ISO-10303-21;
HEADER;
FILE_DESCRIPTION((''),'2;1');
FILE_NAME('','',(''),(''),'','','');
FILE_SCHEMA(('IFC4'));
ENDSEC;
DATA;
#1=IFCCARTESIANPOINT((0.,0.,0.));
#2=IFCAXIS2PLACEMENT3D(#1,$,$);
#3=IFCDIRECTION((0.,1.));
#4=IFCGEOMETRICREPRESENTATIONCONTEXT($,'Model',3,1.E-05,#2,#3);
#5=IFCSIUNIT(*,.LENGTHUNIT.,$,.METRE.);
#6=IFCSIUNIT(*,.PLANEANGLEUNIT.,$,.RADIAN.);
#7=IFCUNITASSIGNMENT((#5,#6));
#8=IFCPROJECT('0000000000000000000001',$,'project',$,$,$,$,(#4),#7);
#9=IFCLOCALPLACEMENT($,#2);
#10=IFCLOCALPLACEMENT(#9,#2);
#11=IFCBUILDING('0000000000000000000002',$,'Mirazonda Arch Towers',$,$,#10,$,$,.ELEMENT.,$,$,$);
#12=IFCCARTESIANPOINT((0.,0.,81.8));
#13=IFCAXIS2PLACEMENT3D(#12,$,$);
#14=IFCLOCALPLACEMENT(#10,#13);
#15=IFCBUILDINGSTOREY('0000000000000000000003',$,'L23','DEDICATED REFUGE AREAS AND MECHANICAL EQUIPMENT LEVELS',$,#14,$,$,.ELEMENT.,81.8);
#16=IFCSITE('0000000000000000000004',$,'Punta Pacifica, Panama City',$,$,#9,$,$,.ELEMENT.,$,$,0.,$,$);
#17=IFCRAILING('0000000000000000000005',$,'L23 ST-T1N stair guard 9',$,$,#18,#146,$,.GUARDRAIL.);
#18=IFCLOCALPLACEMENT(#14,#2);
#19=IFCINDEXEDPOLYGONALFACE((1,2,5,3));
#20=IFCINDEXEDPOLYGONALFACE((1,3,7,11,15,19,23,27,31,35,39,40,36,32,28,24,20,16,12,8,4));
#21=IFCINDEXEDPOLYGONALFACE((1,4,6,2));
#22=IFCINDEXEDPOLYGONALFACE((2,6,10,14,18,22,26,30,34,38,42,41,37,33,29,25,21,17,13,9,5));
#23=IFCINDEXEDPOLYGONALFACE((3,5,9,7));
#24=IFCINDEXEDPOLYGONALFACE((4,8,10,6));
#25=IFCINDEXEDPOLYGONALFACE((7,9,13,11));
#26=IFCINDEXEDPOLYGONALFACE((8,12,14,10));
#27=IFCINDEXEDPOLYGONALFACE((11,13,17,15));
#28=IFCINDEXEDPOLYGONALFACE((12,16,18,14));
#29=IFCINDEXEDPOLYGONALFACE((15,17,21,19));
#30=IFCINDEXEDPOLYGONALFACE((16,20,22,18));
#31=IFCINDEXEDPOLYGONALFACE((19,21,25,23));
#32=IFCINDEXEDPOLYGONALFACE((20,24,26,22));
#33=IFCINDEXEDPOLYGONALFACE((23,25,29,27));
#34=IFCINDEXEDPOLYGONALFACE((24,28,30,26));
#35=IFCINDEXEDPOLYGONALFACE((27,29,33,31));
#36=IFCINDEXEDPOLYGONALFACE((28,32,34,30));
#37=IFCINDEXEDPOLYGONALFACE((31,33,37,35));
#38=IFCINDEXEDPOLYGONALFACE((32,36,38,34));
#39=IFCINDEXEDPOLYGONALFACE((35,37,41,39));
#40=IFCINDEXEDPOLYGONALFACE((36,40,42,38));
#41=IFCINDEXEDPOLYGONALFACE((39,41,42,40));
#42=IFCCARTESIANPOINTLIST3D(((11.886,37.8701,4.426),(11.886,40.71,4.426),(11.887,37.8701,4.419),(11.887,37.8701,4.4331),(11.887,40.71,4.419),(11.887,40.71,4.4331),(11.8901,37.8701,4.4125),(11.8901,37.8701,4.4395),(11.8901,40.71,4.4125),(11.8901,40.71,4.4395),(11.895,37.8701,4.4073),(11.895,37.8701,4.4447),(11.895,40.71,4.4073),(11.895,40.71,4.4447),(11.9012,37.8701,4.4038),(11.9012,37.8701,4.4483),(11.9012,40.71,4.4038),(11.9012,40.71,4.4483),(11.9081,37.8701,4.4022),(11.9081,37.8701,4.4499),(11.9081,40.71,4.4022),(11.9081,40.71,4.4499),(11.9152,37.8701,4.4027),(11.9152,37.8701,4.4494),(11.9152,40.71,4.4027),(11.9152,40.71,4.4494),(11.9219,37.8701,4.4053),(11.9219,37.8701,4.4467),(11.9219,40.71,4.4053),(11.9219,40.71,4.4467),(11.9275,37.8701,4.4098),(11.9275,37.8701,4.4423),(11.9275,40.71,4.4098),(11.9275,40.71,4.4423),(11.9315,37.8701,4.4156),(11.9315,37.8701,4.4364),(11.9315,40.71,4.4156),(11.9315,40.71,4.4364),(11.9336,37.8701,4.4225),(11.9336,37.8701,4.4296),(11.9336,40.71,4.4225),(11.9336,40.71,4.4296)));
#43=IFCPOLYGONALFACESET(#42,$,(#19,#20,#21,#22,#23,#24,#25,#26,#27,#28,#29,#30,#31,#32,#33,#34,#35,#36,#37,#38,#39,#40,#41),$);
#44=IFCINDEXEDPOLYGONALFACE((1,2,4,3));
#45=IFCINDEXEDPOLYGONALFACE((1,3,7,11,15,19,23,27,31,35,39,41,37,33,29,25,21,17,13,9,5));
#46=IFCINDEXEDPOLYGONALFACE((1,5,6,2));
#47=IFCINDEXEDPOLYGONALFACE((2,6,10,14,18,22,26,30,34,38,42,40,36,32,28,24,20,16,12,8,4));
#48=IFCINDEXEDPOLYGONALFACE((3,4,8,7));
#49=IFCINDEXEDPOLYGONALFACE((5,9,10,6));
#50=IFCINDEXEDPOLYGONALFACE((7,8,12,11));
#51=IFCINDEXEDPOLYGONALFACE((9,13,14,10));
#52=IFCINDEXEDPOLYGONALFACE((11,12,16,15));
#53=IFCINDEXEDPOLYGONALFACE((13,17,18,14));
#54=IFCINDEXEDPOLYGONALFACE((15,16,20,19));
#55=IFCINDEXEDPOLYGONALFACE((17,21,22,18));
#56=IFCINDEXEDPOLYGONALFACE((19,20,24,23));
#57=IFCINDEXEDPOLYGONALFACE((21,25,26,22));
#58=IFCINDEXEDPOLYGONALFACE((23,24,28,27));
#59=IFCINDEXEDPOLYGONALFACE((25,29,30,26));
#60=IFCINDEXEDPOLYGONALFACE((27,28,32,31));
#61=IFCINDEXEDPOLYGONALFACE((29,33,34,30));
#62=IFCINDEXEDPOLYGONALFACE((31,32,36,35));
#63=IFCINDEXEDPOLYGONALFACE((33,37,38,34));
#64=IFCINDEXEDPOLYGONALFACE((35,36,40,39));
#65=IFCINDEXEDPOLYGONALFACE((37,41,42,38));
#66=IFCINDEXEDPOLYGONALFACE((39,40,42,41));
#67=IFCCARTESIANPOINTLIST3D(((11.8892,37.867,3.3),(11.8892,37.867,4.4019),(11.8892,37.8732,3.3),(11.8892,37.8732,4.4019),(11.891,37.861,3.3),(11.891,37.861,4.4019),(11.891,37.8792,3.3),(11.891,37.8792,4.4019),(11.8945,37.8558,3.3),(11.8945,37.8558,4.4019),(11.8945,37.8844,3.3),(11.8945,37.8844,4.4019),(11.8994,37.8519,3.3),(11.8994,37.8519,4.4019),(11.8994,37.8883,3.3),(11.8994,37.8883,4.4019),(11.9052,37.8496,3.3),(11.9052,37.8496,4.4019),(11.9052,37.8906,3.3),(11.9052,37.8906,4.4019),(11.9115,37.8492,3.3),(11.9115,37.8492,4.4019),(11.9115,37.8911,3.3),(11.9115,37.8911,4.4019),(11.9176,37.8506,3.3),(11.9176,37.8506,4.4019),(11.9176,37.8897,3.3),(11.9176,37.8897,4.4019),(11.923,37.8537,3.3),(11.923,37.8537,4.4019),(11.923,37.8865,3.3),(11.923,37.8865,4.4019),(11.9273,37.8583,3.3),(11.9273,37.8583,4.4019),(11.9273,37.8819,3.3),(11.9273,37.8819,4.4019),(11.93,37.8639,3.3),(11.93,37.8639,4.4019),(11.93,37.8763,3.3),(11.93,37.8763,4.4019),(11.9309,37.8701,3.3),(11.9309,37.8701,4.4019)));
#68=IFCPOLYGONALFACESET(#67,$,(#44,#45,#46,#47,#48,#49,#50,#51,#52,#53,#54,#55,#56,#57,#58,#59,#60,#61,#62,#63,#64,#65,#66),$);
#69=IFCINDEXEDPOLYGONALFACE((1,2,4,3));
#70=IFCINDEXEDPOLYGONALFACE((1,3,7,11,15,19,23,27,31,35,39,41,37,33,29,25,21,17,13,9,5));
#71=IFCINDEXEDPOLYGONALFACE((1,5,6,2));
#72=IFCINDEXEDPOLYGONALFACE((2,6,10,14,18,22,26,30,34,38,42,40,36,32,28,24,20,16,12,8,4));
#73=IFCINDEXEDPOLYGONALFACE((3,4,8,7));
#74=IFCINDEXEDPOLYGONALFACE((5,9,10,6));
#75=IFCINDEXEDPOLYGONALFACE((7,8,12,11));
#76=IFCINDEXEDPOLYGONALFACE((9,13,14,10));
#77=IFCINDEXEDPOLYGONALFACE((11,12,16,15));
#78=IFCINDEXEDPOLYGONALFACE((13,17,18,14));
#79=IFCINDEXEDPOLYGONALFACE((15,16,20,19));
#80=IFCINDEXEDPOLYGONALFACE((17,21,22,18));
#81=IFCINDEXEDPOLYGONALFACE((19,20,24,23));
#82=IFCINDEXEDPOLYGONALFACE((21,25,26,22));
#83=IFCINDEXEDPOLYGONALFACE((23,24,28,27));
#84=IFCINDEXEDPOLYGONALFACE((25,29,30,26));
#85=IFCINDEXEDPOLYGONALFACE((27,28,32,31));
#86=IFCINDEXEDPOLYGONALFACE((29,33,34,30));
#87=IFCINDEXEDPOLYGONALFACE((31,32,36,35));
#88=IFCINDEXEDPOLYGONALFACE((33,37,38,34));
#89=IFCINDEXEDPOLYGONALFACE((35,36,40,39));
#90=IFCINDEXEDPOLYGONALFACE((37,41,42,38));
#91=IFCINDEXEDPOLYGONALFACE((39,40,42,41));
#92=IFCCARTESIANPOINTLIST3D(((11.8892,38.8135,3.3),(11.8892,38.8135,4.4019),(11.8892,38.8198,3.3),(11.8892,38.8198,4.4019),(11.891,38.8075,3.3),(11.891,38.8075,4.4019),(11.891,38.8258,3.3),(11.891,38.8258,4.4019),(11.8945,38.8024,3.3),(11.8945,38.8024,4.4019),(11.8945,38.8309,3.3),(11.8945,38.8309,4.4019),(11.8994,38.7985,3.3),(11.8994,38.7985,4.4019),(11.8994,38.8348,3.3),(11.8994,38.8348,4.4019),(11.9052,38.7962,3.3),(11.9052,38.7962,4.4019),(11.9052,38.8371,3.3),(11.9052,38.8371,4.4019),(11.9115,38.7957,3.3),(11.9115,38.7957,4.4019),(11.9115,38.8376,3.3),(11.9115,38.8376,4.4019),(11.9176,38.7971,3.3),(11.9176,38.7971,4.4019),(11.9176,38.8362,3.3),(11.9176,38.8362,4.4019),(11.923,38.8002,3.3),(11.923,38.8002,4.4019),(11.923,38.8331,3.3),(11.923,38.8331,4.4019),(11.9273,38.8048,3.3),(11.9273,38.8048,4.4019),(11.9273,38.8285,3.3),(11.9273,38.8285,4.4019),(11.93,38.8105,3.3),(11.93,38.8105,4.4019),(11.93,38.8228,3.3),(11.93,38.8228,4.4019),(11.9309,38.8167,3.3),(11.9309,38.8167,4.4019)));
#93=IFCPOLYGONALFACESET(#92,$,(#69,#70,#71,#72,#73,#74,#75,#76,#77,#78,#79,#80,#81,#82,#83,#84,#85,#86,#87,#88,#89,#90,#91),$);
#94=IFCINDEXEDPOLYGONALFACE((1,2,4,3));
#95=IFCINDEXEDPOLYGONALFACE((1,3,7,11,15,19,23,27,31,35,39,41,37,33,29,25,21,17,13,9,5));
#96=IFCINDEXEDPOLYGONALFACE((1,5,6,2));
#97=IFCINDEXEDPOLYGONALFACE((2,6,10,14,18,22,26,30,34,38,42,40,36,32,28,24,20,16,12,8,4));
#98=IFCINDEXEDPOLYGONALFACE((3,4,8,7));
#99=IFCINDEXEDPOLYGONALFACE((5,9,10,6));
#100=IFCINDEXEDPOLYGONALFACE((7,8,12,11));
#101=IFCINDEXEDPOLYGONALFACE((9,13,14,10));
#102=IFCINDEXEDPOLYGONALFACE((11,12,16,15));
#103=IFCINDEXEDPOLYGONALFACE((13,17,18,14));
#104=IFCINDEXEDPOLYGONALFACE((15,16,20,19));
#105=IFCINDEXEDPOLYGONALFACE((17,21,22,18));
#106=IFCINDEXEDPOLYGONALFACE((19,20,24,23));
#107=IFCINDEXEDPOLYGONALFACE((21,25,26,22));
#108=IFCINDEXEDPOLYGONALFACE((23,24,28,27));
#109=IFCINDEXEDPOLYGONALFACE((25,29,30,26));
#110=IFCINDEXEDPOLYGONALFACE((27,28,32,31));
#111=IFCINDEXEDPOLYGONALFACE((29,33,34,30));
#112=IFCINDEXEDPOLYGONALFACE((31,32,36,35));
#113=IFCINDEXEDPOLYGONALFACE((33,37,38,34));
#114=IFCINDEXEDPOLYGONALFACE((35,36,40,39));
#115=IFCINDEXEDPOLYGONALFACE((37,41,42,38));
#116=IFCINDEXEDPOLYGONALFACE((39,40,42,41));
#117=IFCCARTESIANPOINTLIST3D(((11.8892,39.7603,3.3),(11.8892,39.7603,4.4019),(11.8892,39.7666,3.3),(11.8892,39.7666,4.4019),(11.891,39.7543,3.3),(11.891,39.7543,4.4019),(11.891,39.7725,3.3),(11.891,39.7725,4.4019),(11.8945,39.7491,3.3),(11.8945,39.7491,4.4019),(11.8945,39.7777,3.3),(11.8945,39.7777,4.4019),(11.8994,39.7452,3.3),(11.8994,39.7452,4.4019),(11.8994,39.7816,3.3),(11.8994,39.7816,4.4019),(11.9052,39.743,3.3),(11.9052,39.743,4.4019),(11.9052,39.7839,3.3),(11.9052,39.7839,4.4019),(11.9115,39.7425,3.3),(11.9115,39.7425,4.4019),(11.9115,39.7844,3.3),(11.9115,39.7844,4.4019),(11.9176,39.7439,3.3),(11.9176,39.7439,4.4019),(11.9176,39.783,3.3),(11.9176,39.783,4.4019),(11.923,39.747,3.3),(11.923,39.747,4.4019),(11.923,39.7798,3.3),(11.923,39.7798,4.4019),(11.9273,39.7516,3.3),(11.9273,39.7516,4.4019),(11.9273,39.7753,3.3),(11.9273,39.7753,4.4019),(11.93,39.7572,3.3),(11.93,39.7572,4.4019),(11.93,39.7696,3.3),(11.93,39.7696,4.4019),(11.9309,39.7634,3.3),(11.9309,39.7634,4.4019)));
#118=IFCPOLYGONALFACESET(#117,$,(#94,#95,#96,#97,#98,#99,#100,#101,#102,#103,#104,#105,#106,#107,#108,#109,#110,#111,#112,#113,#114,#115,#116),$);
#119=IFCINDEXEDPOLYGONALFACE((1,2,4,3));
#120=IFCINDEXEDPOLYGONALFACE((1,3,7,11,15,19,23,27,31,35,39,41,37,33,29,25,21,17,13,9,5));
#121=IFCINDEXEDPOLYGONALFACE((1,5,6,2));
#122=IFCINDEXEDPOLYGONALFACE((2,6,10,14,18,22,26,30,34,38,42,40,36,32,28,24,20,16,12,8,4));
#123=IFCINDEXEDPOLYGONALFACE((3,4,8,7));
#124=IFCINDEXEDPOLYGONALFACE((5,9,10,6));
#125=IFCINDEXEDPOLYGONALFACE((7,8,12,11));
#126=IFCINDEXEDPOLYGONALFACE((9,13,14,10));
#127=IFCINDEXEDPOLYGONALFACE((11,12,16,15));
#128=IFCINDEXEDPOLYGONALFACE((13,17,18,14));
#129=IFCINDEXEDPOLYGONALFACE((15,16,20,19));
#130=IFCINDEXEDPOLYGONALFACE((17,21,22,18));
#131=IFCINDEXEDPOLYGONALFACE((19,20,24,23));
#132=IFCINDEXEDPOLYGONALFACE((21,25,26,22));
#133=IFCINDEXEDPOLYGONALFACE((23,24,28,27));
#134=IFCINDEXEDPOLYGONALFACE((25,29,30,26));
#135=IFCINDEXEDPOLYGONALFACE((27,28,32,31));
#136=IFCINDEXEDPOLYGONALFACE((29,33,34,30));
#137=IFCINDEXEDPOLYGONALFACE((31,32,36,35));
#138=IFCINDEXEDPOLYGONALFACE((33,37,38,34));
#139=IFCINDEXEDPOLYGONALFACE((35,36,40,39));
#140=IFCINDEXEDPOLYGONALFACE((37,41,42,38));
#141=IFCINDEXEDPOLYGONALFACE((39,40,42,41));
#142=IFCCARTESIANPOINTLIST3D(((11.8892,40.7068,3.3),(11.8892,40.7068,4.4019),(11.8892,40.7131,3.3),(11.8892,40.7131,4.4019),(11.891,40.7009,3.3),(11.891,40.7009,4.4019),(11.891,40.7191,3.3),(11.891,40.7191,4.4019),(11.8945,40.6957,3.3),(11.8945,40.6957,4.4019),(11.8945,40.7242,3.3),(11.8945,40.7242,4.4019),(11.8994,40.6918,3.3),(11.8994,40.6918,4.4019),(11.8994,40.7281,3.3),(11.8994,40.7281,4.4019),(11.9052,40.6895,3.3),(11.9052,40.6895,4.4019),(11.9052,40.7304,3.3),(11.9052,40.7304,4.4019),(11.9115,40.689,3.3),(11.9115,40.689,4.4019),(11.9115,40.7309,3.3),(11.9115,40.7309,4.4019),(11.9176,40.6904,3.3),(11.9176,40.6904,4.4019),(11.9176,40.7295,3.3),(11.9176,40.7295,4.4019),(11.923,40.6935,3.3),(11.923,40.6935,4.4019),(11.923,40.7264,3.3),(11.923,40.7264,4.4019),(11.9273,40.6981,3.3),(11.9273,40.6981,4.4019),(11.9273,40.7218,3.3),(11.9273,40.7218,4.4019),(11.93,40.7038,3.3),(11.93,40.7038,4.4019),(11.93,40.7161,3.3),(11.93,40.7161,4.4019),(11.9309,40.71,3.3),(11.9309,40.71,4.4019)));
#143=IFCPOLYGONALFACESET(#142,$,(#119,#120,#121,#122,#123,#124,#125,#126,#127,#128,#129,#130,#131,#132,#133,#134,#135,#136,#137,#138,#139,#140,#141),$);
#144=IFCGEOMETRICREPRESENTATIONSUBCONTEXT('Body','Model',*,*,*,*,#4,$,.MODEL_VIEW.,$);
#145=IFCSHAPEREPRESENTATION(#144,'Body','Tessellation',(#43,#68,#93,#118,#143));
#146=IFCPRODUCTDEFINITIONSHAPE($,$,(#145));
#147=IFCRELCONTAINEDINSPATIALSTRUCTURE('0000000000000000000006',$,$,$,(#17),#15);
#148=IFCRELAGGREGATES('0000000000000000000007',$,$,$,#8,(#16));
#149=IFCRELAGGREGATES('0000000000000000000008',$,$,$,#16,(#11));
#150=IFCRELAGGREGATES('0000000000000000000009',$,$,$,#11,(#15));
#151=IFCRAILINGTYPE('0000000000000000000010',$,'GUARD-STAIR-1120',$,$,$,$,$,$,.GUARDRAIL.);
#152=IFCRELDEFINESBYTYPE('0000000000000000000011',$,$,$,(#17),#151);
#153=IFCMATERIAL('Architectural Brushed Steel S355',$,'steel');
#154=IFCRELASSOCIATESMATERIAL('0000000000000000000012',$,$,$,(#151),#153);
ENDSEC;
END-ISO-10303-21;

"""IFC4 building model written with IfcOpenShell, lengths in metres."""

from ifc_helpers import new_model, si_unit, direction, frame, origin, origin_2d, place, context, subcontext, project, spatial, circle, extrude, material, type_object, element, save


model = new_model("IFC4")

# Units and contexts
model_context = context("Model", 3, precision=1e-05, world=origin(), true_north=direction((0.0, 1.0)))
body_context = subcontext(model_context, "Body", "Model", "MODEL_VIEW")
ifc_project = project(units=[si_unit("LENGTHUNIT", "METRE"), si_unit("PLANEANGLEUNIT", "RADIAN")], contexts=[model_context])

# Site, building, storey
site_placement = place(None, origin())
site = spatial("IfcSite", under=ifc_project, at=site_placement, Name="Punta Pacifica, Panama City", CompositionType="ELEMENT", RefElevation=0.0)
building_placement = place(site_placement, origin())
building = spatial("IfcBuilding", under=site, at=building_placement, Name="Mirazonda Arch Towers", CompositionType="ELEMENT")
storey_placement = place(building_placement, frame((0.0, 0.0, 81.8)))
storey = spatial("IfcBuildingStorey", under=building, at=storey_placement, Name="L23", Description="DEDICATED REFUGE AREAS AND MECHANICAL EQUIPMENT LEVELS", CompositionType="ELEMENT", Elevation=81.8)

# Railing
ifc_material_1 = material(Name="Architectural Brushed Steel S355", Category="steel")
railing_type_1 = type_object("IfcRailingType", Name="GUARD-STAIR-1120", PredefinedType="GUARDRAIL", material=ifc_material_1)
railing_1_placement = place(storey_placement, frame((11.9099, 37.8701, 3.3)))
element("IfcRailing", 1, at=railing_1_placement, inside=storey, type_object=railing_type_1, Name="L23 ST-T1N stair guard 9", PredefinedType="GUARDRAIL", context=body_context, shape_type="SweptSolid", body=[
    extrude(circle(Radius=0.0239, at=origin_2d()), frame((0.0, 0.0, 1.126), z_axis=(0.0, 1.0, 0.0), x_axis=(-1.0, 0.0, 0.0)), (0.0, 0.0, 1.0), 2.8398),
    extrude(circle(Radius=0.021, at=origin_2d()), origin(), (0.0, 0.0, 1.0), 1.1018),
    extrude(circle(Radius=0.021, at=origin_2d()), frame((0.0, 0.9465, 0.0)), (0.0, 0.0, 1.0), 1.1018),
    extrude(circle(Radius=0.021, at=origin_2d()), frame((0.0, 1.8933, 0.0)), (0.0, 0.0, 1.0), 1.1018),
    extrude(circle(Radius=0.021, at=origin_2d()), frame((0.0, 2.8398, 0.0)), (0.0, 0.0, 1.0), 1.1018),
])

save(model, "model.ifc")
